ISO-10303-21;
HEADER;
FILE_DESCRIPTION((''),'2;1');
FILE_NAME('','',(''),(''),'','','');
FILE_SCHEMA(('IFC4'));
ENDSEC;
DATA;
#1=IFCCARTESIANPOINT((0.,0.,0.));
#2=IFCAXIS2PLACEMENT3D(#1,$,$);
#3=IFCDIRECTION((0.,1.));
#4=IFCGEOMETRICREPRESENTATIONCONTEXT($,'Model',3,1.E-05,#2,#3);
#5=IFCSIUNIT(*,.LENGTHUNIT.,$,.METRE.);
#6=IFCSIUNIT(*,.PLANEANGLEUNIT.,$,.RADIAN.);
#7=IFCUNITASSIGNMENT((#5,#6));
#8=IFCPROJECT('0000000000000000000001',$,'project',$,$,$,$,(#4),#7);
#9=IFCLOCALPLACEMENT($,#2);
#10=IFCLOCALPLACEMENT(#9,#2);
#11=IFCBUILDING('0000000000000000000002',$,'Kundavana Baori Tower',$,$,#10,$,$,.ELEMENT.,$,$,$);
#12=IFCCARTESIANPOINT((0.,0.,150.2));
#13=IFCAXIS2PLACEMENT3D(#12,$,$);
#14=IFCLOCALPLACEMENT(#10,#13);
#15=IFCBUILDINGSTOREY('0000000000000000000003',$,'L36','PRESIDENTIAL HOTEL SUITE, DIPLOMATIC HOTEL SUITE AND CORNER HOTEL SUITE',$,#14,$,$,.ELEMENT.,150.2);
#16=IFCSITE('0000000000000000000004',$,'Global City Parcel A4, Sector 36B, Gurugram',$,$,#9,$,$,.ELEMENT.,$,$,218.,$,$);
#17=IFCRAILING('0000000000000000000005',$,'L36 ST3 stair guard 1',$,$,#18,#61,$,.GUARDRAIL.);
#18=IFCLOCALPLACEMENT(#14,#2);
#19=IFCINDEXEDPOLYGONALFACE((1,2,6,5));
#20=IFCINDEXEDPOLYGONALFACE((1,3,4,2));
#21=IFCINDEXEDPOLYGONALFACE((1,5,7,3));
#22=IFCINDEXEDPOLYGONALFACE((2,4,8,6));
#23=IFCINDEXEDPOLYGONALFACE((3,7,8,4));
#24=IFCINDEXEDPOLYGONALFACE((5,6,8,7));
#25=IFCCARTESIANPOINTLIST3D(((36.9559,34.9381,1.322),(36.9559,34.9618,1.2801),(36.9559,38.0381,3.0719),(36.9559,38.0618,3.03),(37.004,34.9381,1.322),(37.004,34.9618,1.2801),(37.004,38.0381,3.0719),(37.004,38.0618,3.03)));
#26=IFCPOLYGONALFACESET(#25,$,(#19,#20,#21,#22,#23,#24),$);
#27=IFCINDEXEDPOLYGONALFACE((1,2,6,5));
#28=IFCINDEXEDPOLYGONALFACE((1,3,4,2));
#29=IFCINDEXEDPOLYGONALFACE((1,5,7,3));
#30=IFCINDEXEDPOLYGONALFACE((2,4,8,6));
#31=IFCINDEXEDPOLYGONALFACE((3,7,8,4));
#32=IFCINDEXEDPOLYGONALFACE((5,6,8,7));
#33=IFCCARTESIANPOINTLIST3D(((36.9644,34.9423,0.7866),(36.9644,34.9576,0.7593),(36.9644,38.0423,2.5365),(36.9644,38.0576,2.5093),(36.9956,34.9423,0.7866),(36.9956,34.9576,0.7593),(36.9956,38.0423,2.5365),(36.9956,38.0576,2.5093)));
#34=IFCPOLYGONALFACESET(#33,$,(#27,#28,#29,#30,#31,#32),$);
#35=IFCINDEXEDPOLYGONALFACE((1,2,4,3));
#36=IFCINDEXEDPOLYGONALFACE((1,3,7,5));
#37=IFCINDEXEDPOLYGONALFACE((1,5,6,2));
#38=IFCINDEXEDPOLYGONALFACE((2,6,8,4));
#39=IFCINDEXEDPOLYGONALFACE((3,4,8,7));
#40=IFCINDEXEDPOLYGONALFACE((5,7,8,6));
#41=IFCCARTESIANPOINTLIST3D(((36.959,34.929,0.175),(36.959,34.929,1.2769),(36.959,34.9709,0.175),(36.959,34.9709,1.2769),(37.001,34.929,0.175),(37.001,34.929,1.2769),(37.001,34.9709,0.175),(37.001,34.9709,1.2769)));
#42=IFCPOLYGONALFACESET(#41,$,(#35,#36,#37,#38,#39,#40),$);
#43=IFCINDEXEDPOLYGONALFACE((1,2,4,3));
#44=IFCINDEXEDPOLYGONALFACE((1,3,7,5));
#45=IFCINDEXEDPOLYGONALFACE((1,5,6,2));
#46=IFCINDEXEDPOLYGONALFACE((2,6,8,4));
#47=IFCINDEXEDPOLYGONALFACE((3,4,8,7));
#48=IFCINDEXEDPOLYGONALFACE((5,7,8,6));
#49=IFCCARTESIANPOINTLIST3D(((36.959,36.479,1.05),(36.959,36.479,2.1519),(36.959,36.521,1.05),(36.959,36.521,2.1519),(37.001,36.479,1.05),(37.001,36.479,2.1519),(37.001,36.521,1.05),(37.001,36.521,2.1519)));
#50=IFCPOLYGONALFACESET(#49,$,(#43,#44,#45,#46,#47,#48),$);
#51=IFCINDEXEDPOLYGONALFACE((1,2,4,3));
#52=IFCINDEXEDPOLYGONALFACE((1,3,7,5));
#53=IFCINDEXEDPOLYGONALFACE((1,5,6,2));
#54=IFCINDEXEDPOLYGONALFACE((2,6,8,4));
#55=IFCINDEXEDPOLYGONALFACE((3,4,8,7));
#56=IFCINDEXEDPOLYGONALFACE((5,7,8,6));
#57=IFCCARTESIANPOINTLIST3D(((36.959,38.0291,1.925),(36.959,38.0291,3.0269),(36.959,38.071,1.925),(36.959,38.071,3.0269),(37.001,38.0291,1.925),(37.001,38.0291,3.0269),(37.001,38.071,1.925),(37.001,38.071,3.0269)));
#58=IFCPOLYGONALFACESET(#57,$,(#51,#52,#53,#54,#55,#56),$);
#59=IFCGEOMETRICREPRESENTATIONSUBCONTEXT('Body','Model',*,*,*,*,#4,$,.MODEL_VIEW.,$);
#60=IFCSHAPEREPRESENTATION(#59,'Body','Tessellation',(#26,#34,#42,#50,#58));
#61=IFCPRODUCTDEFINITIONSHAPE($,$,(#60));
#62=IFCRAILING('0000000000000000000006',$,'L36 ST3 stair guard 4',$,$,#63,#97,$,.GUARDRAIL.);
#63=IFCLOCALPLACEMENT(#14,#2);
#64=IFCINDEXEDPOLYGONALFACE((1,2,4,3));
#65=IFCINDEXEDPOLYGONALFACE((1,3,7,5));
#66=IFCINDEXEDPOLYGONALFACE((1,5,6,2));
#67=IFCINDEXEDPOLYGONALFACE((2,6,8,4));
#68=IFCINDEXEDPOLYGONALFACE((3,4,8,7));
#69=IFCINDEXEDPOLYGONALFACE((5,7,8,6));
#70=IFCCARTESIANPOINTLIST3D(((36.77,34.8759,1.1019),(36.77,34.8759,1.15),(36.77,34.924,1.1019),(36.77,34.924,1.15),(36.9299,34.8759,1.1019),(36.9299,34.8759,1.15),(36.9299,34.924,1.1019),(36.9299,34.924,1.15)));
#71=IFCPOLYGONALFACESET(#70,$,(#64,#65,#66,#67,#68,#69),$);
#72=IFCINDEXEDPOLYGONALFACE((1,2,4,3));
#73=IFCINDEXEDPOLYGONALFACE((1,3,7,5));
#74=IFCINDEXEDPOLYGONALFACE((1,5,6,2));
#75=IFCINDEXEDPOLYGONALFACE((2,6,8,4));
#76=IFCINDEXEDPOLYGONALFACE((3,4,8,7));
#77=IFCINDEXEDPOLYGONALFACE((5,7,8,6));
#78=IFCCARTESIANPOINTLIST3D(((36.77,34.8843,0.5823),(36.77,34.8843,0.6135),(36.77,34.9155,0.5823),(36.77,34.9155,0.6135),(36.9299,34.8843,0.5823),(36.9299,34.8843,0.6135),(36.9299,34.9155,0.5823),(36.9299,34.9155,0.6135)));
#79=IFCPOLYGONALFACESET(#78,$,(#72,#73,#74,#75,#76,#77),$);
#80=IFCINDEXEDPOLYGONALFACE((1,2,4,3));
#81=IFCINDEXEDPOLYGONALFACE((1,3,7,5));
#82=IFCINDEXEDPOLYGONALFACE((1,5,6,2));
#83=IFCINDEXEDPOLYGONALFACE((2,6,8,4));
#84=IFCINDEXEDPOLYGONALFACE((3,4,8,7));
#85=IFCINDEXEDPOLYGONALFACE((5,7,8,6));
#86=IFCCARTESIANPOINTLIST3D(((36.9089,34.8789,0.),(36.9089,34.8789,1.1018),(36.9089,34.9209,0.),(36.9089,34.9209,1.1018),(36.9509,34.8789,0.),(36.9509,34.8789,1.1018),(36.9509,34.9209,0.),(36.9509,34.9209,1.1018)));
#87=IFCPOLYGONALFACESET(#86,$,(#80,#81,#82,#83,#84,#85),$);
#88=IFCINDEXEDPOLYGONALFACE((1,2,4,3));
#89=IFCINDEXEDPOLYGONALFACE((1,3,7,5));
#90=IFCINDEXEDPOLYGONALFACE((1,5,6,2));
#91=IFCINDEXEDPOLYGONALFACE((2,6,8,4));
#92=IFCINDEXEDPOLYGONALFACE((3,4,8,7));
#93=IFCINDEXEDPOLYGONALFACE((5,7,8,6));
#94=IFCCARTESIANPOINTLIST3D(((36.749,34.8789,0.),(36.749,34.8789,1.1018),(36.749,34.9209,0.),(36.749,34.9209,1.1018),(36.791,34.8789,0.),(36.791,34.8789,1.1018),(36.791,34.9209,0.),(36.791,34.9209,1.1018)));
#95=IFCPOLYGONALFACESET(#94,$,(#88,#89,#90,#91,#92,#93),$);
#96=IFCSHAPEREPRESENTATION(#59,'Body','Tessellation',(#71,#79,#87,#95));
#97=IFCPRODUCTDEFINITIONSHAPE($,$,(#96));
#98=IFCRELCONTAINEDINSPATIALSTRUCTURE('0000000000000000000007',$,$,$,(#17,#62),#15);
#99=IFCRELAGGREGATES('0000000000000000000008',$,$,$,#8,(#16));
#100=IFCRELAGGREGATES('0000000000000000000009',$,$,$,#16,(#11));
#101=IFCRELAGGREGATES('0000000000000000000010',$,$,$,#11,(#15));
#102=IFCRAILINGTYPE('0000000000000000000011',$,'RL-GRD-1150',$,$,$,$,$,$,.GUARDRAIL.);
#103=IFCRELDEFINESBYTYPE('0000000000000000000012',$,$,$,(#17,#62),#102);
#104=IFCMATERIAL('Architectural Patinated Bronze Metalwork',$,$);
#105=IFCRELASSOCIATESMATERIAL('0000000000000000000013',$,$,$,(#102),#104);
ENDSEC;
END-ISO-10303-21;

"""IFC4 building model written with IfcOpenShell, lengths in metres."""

from ifc_helpers import new_model, si_unit, direction, frame, origin, origin_2d, place, context, subcontext, project, spatial, rectangle, extrude, material, type_object, element, save


model = new_model("IFC4")

# Units and contexts
model_context = context("Model", 3, precision=1e-05, world=origin(), true_north=direction((0.0, 1.0)))
body_context = subcontext(model_context, "Body", "Model", "MODEL_VIEW")
ifc_project = project(units=[si_unit("LENGTHUNIT", "METRE"), si_unit("PLANEANGLEUNIT", "RADIAN")], contexts=[model_context])

# Site, building, storey
site_placement = place(None, origin())
site = spatial("IfcSite", under=ifc_project, at=site_placement, Name="Global City Parcel A4, Sector 36B, Gurugram", CompositionType="ELEMENT", RefElevation=218.0)
building_placement = place(site_placement, origin())
building = spatial("IfcBuilding", under=site, at=building_placement, Name="Kundavana Baori Tower", CompositionType="ELEMENT")
storey_placement = place(building_placement, frame((0.0, 0.0, 150.2)))
storey = spatial("IfcBuildingStorey", under=building, at=storey_placement, Name="L36", Description="PRESIDENTIAL HOTEL SUITE, DIPLOMATIC HOTEL SUITE AND CORNER HOTEL SUITE", CompositionType="ELEMENT", Elevation=150.2)

# Railings
ifc_material_1 = material(Name="Architectural Patinated Bronze Metalwork")
railing_type = type_object("IfcRailingType", Name="RL-GRD-1150", PredefinedType="GUARDRAIL", material=ifc_material_1)
railing_1_placement = place(storey_placement, frame((36.98, 34.95, 0.175)))
element("IfcRailing", 1, at=railing_1_placement, inside=storey, type_object=railing_type, Name="L36 ST3 stair guard 1", PredefinedType="GUARDRAIL", context=body_context, shape_type="SweptSolid", body=[
    extrude(rectangle(XDim=0.0481, YDim=0.0481, at=origin_2d()), frame((0.0, 0.0, 1.126), z_axis=(0.0, 0.870831, 0.491583), x_axis=(-1.0, 0.0, 0.0)), (0.0, 0.0, 1.0), 3.5598),
    extrude(rectangle(XDim=0.0312, YDim=0.0312, at=origin_2d()), frame((0.0, 0.0, 0.5979), z_axis=(0.0, 0.870831, 0.491583), x_axis=(-1.0, 0.0, 0.0)), (0.0, 0.0, 1.0), 3.5598),
    extrude(rectangle(XDim=0.042, YDim=0.042, at=origin_2d()), origin(), (0.0, 0.0, 1.0), 1.1018),
    extrude(rectangle(XDim=0.042, YDim=0.042, at=origin_2d()), frame((0.0, 1.55, 0.875)), (0.0, 0.0, 1.0), 1.1018),
    extrude(rectangle(XDim=0.042, YDim=0.042, at=origin_2d()), frame((0.0, 3.1001, 1.75)), (0.0, 0.0, 1.0), 1.1018),
])
railing_2_placement = place(storey_placement, frame((36.9299, 34.8999, 0.0)))
element("IfcRailing", 2, at=railing_2_placement, inside=storey, type_object=railing_type, Name="L36 ST3 stair guard 4", PredefinedType="GUARDRAIL", context=body_context, shape_type="SweptSolid", body=[
    extrude(rectangle(XDim=0.0481, YDim=0.0481, at=origin_2d()), frame((0.0, 0.0, 1.126), z_axis=(-1.0, 0.0, 0.0), x_axis=(0.0, -1.0, 0.0)), (0.0, 0.0, 1.0), 0.1599),
    extrude(rectangle(XDim=0.0312, YDim=0.0312, at=origin_2d()), frame((0.0, 0.0, 0.5979), z_axis=(-1.0, 0.0, 0.0), x_axis=(0.0, -1.0, 0.0)), (0.0, 0.0, 1.0), 0.1599),
    extrude(rectangle(XDim=0.042, YDim=0.042, at=origin_2d()), origin(), (0.0, 0.0, 1.0), 1.1018),
    extrude(rectangle(XDim=0.042, YDim=0.042, at=origin_2d()), frame((-0.1599, 0.0, 0.0)), (0.0, 0.0, 1.0), 1.1018),
])

save(model, "model.ifc")
